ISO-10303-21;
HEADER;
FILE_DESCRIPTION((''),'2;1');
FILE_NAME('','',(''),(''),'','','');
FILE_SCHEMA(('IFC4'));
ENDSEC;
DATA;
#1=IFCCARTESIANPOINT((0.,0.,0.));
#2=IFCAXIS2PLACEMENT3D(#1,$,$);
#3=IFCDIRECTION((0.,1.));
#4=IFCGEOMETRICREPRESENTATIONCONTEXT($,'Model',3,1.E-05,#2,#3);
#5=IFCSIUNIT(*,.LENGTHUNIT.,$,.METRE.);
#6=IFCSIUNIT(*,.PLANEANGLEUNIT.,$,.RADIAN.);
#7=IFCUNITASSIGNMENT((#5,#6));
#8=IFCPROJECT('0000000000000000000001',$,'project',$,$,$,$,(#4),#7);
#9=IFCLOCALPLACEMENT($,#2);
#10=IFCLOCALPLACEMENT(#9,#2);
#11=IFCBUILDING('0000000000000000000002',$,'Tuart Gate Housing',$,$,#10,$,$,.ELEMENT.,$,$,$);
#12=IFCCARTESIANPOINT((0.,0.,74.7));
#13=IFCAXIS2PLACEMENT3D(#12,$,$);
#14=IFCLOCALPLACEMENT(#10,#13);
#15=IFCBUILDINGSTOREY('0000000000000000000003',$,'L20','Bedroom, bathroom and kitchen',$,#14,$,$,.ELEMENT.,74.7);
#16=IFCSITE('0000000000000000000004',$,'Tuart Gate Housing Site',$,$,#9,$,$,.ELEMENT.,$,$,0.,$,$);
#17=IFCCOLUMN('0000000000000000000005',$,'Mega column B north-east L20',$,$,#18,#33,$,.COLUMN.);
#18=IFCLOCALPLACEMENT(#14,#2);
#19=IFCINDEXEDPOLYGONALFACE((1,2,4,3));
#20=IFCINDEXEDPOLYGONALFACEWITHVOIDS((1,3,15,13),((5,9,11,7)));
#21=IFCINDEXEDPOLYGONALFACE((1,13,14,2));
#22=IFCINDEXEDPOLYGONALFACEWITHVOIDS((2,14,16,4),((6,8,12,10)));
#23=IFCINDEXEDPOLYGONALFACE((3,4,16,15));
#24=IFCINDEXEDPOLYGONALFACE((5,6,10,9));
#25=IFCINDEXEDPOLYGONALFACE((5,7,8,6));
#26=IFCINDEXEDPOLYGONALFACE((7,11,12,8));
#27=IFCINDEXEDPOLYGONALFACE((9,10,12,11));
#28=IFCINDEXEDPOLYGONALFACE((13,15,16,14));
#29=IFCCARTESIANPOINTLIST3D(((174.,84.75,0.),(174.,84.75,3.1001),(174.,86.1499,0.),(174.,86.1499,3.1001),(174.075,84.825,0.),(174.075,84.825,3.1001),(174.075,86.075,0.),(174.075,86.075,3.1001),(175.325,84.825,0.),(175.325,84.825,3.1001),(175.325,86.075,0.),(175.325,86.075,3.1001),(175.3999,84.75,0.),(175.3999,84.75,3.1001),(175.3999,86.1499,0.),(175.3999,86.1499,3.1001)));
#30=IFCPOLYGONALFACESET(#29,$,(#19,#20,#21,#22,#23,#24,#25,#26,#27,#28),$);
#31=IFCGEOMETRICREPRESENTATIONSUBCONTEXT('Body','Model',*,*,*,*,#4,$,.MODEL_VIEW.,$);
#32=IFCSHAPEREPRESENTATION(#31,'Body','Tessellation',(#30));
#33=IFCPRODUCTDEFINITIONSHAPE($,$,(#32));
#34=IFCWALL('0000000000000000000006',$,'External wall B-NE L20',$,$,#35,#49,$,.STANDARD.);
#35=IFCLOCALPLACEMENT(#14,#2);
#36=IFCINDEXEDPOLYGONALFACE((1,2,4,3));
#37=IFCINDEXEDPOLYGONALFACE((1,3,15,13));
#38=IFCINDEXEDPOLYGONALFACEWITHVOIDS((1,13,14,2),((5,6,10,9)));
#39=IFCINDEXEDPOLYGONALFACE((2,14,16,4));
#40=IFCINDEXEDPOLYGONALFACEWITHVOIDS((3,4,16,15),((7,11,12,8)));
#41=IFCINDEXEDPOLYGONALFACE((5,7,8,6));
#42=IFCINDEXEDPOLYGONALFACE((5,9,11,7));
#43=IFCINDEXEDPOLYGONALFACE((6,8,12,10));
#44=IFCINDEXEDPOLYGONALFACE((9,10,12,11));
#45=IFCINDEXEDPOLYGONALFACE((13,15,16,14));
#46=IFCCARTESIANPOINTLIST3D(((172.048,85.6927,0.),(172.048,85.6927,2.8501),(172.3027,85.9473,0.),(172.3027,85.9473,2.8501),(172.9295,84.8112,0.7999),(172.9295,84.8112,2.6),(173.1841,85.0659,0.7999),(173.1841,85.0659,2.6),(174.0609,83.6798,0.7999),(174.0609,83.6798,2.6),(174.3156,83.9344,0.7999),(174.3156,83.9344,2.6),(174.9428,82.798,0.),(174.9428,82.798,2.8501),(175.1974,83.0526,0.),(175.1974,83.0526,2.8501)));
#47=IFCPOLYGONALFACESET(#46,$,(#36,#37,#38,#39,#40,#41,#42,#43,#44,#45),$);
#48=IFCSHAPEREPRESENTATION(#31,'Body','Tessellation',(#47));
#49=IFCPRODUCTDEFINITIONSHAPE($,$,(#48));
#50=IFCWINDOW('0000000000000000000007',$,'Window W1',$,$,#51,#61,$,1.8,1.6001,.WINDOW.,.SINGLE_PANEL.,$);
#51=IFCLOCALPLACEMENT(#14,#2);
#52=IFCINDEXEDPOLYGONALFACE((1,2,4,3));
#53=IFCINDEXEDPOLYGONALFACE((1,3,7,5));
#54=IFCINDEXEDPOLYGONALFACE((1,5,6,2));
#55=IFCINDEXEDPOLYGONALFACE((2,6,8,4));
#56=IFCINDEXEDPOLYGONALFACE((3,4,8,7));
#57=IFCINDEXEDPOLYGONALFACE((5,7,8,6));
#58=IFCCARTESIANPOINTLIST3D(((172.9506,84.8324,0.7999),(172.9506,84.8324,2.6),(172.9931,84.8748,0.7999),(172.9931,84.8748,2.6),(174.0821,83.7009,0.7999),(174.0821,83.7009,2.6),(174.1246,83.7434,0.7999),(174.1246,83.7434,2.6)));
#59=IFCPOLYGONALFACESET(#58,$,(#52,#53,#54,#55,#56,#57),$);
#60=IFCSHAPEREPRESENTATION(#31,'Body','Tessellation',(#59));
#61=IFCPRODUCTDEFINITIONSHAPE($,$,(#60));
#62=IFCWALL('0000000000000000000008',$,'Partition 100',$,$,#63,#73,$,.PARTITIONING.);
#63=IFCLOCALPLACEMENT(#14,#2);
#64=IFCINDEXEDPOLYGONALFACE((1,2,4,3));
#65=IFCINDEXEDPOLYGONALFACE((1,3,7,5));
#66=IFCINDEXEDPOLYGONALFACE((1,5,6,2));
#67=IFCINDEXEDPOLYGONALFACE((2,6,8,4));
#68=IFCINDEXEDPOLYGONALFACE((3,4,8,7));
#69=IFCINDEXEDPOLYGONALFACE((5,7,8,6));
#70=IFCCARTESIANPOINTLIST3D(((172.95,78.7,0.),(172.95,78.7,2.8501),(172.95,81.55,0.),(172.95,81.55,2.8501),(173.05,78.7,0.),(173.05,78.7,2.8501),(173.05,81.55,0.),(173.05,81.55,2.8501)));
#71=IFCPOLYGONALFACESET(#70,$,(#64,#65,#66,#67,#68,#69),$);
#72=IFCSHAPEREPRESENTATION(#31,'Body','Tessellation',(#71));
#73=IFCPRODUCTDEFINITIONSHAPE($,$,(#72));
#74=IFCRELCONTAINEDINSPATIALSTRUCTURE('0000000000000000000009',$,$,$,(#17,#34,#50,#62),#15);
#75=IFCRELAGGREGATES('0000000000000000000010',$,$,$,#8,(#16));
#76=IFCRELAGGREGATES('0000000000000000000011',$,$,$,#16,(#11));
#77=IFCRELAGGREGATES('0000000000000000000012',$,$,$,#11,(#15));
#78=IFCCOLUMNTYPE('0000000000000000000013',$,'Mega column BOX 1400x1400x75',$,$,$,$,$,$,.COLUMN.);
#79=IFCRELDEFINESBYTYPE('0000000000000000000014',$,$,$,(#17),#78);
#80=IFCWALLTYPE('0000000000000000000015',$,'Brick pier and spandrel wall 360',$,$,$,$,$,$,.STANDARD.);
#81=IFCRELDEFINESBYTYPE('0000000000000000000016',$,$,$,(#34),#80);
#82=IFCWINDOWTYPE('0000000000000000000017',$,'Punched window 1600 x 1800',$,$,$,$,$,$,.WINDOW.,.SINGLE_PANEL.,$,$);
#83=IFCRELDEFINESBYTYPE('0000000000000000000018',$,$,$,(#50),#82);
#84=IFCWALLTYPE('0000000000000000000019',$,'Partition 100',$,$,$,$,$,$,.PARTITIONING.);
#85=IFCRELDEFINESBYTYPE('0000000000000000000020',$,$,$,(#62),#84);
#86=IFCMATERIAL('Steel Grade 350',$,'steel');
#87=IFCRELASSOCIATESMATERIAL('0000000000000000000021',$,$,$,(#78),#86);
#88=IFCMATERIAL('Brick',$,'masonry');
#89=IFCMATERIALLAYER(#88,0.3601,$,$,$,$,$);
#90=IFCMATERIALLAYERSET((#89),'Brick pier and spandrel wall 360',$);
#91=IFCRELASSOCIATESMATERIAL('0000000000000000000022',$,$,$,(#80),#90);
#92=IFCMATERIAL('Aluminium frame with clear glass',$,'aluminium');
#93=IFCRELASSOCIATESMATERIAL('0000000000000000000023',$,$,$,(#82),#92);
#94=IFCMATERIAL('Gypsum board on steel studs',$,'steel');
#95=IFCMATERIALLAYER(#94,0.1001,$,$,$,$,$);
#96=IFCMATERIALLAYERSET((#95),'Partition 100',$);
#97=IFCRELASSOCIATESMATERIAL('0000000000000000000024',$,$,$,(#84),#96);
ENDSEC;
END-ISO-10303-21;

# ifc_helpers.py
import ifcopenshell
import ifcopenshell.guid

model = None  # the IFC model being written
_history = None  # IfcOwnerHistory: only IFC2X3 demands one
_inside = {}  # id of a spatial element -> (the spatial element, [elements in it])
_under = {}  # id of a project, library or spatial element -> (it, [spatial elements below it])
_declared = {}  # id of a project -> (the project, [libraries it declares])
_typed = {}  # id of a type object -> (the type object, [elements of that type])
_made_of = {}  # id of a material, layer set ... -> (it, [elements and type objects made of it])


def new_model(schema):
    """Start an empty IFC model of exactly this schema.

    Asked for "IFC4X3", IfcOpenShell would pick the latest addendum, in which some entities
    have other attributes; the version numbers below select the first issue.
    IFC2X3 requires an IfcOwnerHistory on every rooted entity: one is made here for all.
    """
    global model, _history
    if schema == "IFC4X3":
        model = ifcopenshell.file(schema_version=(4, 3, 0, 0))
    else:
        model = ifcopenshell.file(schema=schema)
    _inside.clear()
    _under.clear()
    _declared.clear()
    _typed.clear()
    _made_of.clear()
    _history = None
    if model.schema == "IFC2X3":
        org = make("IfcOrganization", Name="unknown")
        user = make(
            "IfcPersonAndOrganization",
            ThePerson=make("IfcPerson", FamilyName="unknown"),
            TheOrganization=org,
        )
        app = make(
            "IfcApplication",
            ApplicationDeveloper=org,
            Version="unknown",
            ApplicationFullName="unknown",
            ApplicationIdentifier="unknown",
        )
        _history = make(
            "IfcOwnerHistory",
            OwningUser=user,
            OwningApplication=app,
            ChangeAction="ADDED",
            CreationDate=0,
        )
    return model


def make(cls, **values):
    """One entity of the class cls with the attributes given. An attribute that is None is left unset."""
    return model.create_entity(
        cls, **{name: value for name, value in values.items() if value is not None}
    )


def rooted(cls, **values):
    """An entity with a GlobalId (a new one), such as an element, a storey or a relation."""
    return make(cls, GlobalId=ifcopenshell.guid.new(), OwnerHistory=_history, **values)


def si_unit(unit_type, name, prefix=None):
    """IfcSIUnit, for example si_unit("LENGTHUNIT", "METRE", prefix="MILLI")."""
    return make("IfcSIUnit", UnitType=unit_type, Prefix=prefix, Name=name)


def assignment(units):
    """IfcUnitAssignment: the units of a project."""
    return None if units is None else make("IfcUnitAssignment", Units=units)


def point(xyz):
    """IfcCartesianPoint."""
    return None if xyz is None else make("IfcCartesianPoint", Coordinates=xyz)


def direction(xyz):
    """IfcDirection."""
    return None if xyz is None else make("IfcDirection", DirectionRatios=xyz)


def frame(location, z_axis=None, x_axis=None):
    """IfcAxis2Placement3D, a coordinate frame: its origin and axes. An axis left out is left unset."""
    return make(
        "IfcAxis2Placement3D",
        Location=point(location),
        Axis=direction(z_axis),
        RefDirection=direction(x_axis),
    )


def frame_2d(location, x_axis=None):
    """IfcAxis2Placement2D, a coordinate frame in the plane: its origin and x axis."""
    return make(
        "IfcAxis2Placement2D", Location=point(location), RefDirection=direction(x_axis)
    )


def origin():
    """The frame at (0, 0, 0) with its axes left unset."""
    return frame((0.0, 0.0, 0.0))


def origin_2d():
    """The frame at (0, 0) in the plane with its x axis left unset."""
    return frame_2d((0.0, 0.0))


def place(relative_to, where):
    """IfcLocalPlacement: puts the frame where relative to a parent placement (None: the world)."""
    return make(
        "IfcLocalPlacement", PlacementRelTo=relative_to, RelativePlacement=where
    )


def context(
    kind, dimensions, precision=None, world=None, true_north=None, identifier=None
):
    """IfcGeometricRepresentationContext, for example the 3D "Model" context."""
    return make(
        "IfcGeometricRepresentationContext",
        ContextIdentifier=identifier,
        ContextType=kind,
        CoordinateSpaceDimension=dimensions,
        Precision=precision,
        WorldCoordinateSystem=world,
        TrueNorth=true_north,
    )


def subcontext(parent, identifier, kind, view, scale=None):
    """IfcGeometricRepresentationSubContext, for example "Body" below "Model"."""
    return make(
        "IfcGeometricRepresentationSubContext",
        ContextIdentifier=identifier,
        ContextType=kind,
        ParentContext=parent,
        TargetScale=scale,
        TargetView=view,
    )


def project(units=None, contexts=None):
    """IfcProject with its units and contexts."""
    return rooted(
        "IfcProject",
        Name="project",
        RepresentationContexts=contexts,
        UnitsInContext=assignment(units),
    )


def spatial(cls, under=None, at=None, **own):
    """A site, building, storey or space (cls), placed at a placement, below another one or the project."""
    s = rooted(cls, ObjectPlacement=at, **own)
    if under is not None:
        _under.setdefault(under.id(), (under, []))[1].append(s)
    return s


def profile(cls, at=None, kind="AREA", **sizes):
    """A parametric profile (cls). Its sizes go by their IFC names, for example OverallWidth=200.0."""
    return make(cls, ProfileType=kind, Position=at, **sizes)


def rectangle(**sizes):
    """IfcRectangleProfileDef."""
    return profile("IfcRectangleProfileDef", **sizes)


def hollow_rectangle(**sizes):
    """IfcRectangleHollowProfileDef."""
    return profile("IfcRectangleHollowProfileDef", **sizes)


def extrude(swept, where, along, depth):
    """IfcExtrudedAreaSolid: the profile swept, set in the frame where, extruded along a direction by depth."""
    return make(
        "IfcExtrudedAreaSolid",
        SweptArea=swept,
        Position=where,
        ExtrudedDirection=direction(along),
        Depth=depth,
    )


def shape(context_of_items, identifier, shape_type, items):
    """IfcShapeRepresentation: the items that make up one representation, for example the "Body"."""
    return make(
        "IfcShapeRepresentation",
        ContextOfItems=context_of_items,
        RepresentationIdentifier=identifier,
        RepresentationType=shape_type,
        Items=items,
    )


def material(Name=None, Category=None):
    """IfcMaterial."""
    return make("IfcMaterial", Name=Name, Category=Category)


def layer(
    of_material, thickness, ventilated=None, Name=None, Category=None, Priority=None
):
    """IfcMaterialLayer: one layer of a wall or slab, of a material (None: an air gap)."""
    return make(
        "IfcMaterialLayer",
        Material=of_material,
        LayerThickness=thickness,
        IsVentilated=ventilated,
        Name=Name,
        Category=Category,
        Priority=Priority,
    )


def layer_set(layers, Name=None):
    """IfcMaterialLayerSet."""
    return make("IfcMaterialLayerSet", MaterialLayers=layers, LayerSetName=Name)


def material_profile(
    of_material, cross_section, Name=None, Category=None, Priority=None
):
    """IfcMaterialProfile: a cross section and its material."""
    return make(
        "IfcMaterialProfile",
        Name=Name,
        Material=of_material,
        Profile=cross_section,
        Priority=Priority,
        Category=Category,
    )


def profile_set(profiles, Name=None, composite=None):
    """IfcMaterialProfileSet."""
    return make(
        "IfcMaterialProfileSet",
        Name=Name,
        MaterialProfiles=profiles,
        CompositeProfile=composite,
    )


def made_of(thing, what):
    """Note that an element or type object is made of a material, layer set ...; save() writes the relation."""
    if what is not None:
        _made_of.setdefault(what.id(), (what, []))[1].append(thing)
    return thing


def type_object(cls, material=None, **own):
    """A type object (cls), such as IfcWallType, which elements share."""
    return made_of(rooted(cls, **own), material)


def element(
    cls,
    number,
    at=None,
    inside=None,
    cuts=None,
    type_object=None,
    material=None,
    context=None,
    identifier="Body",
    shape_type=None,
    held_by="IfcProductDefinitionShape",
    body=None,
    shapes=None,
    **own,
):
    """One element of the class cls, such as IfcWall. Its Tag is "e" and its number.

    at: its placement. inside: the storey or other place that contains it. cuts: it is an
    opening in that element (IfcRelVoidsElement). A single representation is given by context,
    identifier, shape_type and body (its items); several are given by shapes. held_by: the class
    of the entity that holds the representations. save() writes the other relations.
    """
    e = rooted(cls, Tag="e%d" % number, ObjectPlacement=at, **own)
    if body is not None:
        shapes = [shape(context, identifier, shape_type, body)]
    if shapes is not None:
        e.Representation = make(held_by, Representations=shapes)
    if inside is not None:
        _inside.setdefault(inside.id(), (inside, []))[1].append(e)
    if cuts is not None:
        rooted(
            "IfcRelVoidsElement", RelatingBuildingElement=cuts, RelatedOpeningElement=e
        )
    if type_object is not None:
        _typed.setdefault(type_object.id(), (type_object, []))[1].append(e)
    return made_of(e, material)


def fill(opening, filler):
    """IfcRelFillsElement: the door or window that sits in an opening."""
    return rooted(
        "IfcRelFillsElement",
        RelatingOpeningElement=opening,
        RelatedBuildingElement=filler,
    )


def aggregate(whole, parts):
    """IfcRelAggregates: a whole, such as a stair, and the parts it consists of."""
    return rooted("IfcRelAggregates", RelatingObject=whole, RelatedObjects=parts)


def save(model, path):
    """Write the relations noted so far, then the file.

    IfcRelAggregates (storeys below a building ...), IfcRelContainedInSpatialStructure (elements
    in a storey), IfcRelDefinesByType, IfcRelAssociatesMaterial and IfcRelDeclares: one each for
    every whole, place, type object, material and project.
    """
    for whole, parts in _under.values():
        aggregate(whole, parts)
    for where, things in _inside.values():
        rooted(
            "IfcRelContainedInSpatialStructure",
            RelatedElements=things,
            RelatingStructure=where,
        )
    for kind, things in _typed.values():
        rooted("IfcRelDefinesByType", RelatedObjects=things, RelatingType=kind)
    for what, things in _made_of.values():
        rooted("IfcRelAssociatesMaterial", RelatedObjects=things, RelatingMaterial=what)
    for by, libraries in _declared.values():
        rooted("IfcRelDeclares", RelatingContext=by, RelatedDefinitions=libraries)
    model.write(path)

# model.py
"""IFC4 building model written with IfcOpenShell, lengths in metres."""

from ifc_helpers import new_model, si_unit, direction, frame, frame_2d, origin, origin_2d, place, context, subcontext, project, spatial, rectangle, hollow_rectangle, extrude, material, layer, layer_set, material_profile, profile_set, type_object, element, fill, save


model = new_model("IFC4")

# Units and contexts
model_context = context("Model", 3, precision=1e-05, world=origin(), true_north=direction((0.0, 1.0)))
body_context = subcontext(model_context, "Body", "Model", "MODEL_VIEW")
ifc_project = project(units=[si_unit("LENGTHUNIT", "METRE"), si_unit("PLANEANGLEUNIT", "RADIAN")], contexts=[model_context])

# Site, building, storey
site_placement = place(None, origin())
site = spatial("IfcSite", under=ifc_project, at=site_placement, Name="Tuart Gate Housing Site", CompositionType="ELEMENT", RefElevation=0.0)
building_placement = place(site_placement, origin())
building = spatial("IfcBuilding", under=site, at=building_placement, Name="Tuart Gate Housing", CompositionType="ELEMENT")
storey_placement = place(building_placement, frame((0.0, 0.0, 74.7)))
storey = spatial("IfcBuildingStorey", under=building, at=storey_placement, Name="L20", Description="Bedroom, bathroom and kitchen", CompositionType="ELEMENT", Elevation=74.7)

# Column
ifc_material_1 = material(Name="Steel Grade 350", Category="steel")
ifc_material_profile = material_profile(ifc_material_1, hollow_rectangle(XDim=1.3999, YDim=1.3999, WallThickness=0.075, at=origin_2d()), Name="BOX 1400x1400x75")
ifc_profile_set = profile_set([ifc_material_profile], Name="Steel Grade 350")
column_type = type_object("IfcColumnType", Name="Mega column BOX 1400x1400x75", PredefinedType="COLUMN", material=ifc_profile_set)
column_placement = place(storey_placement, frame((174.7, 85.45, 0.0), z_axis=(0.0, 0.0, 1.0), x_axis=(1.0, 0.0, 0.0)))
element("IfcColumn", 1, at=column_placement, inside=storey, type_object=column_type, Name="Mega column B north-east L20", PredefinedType="COLUMN", context=body_context, shape_type="SweptSolid", body=[
    extrude(hollow_rectangle(XDim=1.3999, YDim=1.3999, WallThickness=0.075, at=origin_2d()), origin(), (0.0, 0.0, 1.0), 3.1001),
])

# Wall, opening, window
ifc_material_2 = material(Name="Brick", Category="masonry")
ifc_layer_1 = layer(ifc_material_2, 0.3601)
ifc_layer_set_1 = layer_set([ifc_layer_1], Name="Brick pier and spandrel wall 360")
wall_type_1 = type_object("IfcWallType", Name="Brick pier and spandrel wall 360", PredefinedType="STANDARD", material=ifc_layer_set_1)
wall_1_placement = place(storey_placement, frame((175.0701, 82.9253, 0.0), z_axis=(0.0, 0.0, 1.0), x_axis=(-0.707107, 0.707107, 0.0)))
wall_1 = element("IfcWall", 2, at=wall_1_placement, inside=storey, type_object=wall_type_1, Name="External wall B-NE L20", PredefinedType="STANDARD", context=body_context, shape_type="SweptSolid", body=[
    extrude(rectangle(XDim=4.0938, YDim=0.3601, at=frame_2d((2.0469, 0.0))), origin(), (0.0, 0.0, 1.0), 2.8501),
])
opening_1_placement = place(wall_1_placement, frame((1.2471, 0.0, 0.8)))
opening_1 = element("IfcOpeningElement", 3, at=opening_1_placement, cuts=wall_1, PredefinedType="OPENING", context=body_context, shape_type="SweptSolid", body=[
    extrude(rectangle(XDim=1.6001, YDim=1.8, at=frame_2d((0.8, 0.8999))), frame((0.0, 0.1899, 0.0), z_axis=(0.0, -1.0, 0.0), x_axis=(1.0, 0.0, 0.0)), (0.0, 0.0, 1.0), 0.3801),
])
ifc_material_3 = material(Name="Aluminium frame with clear glass", Category="aluminium")
window_type_1 = type_object("IfcWindowType", Name="Punched window 1600 x 1800", PartitioningType="SINGLE_PANEL", PredefinedType="WINDOW", material=ifc_material_3)
window_1_placement = place(opening_1_placement, origin())
window_1 = element("IfcWindow", 4, at=window_1_placement, inside=storey, type_object=window_type_1, Name="Window W1", OverallHeight=1.8, OverallWidth=1.6001, PartitioningType="SINGLE_PANEL", PredefinedType="WINDOW", context=body_context, shape_type="SweptSolid", body=[
    extrude(rectangle(XDim=1.6001, YDim=1.8, at=frame_2d((0.8, 0.8999))), frame((0.0, 0.1501, 0.0), z_axis=(0.0, -1.0, 0.0), x_axis=(1.0, 0.0, 0.0)), (0.0, 0.0, 1.0), 0.0601),
])
fill(opening_1, window_1)

# Wall
ifc_material_4 = material(Name="Gypsum board on steel studs", Category="steel")
ifc_layer_2 = layer(ifc_material_4, 0.1001)
ifc_layer_set_2 = layer_set([ifc_layer_2], Name="Partition 100")
wall_type_2 = type_object("IfcWallType", Name="Partition 100", PredefinedType="PARTITIONING", material=ifc_layer_set_2)
wall_2_placement = place(storey_placement, frame((173.0, 78.7, 0.0), z_axis=(0.0, 0.0, 1.0), x_axis=(0.0, 1.0, 0.0)))
element("IfcWall", 5, at=wall_2_placement, inside=storey, type_object=wall_type_2, Name="Partition 100", PredefinedType="PARTITIONING", context=body_context, shape_type="SweptSolid", body=[
    extrude(rectangle(XDim=2.8501, YDim=0.1001, at=frame_2d((1.425, 0.0))), origin(), (0.0, 0.0, 1.0), 2.8501),
])

save(model, "model.ifc")
